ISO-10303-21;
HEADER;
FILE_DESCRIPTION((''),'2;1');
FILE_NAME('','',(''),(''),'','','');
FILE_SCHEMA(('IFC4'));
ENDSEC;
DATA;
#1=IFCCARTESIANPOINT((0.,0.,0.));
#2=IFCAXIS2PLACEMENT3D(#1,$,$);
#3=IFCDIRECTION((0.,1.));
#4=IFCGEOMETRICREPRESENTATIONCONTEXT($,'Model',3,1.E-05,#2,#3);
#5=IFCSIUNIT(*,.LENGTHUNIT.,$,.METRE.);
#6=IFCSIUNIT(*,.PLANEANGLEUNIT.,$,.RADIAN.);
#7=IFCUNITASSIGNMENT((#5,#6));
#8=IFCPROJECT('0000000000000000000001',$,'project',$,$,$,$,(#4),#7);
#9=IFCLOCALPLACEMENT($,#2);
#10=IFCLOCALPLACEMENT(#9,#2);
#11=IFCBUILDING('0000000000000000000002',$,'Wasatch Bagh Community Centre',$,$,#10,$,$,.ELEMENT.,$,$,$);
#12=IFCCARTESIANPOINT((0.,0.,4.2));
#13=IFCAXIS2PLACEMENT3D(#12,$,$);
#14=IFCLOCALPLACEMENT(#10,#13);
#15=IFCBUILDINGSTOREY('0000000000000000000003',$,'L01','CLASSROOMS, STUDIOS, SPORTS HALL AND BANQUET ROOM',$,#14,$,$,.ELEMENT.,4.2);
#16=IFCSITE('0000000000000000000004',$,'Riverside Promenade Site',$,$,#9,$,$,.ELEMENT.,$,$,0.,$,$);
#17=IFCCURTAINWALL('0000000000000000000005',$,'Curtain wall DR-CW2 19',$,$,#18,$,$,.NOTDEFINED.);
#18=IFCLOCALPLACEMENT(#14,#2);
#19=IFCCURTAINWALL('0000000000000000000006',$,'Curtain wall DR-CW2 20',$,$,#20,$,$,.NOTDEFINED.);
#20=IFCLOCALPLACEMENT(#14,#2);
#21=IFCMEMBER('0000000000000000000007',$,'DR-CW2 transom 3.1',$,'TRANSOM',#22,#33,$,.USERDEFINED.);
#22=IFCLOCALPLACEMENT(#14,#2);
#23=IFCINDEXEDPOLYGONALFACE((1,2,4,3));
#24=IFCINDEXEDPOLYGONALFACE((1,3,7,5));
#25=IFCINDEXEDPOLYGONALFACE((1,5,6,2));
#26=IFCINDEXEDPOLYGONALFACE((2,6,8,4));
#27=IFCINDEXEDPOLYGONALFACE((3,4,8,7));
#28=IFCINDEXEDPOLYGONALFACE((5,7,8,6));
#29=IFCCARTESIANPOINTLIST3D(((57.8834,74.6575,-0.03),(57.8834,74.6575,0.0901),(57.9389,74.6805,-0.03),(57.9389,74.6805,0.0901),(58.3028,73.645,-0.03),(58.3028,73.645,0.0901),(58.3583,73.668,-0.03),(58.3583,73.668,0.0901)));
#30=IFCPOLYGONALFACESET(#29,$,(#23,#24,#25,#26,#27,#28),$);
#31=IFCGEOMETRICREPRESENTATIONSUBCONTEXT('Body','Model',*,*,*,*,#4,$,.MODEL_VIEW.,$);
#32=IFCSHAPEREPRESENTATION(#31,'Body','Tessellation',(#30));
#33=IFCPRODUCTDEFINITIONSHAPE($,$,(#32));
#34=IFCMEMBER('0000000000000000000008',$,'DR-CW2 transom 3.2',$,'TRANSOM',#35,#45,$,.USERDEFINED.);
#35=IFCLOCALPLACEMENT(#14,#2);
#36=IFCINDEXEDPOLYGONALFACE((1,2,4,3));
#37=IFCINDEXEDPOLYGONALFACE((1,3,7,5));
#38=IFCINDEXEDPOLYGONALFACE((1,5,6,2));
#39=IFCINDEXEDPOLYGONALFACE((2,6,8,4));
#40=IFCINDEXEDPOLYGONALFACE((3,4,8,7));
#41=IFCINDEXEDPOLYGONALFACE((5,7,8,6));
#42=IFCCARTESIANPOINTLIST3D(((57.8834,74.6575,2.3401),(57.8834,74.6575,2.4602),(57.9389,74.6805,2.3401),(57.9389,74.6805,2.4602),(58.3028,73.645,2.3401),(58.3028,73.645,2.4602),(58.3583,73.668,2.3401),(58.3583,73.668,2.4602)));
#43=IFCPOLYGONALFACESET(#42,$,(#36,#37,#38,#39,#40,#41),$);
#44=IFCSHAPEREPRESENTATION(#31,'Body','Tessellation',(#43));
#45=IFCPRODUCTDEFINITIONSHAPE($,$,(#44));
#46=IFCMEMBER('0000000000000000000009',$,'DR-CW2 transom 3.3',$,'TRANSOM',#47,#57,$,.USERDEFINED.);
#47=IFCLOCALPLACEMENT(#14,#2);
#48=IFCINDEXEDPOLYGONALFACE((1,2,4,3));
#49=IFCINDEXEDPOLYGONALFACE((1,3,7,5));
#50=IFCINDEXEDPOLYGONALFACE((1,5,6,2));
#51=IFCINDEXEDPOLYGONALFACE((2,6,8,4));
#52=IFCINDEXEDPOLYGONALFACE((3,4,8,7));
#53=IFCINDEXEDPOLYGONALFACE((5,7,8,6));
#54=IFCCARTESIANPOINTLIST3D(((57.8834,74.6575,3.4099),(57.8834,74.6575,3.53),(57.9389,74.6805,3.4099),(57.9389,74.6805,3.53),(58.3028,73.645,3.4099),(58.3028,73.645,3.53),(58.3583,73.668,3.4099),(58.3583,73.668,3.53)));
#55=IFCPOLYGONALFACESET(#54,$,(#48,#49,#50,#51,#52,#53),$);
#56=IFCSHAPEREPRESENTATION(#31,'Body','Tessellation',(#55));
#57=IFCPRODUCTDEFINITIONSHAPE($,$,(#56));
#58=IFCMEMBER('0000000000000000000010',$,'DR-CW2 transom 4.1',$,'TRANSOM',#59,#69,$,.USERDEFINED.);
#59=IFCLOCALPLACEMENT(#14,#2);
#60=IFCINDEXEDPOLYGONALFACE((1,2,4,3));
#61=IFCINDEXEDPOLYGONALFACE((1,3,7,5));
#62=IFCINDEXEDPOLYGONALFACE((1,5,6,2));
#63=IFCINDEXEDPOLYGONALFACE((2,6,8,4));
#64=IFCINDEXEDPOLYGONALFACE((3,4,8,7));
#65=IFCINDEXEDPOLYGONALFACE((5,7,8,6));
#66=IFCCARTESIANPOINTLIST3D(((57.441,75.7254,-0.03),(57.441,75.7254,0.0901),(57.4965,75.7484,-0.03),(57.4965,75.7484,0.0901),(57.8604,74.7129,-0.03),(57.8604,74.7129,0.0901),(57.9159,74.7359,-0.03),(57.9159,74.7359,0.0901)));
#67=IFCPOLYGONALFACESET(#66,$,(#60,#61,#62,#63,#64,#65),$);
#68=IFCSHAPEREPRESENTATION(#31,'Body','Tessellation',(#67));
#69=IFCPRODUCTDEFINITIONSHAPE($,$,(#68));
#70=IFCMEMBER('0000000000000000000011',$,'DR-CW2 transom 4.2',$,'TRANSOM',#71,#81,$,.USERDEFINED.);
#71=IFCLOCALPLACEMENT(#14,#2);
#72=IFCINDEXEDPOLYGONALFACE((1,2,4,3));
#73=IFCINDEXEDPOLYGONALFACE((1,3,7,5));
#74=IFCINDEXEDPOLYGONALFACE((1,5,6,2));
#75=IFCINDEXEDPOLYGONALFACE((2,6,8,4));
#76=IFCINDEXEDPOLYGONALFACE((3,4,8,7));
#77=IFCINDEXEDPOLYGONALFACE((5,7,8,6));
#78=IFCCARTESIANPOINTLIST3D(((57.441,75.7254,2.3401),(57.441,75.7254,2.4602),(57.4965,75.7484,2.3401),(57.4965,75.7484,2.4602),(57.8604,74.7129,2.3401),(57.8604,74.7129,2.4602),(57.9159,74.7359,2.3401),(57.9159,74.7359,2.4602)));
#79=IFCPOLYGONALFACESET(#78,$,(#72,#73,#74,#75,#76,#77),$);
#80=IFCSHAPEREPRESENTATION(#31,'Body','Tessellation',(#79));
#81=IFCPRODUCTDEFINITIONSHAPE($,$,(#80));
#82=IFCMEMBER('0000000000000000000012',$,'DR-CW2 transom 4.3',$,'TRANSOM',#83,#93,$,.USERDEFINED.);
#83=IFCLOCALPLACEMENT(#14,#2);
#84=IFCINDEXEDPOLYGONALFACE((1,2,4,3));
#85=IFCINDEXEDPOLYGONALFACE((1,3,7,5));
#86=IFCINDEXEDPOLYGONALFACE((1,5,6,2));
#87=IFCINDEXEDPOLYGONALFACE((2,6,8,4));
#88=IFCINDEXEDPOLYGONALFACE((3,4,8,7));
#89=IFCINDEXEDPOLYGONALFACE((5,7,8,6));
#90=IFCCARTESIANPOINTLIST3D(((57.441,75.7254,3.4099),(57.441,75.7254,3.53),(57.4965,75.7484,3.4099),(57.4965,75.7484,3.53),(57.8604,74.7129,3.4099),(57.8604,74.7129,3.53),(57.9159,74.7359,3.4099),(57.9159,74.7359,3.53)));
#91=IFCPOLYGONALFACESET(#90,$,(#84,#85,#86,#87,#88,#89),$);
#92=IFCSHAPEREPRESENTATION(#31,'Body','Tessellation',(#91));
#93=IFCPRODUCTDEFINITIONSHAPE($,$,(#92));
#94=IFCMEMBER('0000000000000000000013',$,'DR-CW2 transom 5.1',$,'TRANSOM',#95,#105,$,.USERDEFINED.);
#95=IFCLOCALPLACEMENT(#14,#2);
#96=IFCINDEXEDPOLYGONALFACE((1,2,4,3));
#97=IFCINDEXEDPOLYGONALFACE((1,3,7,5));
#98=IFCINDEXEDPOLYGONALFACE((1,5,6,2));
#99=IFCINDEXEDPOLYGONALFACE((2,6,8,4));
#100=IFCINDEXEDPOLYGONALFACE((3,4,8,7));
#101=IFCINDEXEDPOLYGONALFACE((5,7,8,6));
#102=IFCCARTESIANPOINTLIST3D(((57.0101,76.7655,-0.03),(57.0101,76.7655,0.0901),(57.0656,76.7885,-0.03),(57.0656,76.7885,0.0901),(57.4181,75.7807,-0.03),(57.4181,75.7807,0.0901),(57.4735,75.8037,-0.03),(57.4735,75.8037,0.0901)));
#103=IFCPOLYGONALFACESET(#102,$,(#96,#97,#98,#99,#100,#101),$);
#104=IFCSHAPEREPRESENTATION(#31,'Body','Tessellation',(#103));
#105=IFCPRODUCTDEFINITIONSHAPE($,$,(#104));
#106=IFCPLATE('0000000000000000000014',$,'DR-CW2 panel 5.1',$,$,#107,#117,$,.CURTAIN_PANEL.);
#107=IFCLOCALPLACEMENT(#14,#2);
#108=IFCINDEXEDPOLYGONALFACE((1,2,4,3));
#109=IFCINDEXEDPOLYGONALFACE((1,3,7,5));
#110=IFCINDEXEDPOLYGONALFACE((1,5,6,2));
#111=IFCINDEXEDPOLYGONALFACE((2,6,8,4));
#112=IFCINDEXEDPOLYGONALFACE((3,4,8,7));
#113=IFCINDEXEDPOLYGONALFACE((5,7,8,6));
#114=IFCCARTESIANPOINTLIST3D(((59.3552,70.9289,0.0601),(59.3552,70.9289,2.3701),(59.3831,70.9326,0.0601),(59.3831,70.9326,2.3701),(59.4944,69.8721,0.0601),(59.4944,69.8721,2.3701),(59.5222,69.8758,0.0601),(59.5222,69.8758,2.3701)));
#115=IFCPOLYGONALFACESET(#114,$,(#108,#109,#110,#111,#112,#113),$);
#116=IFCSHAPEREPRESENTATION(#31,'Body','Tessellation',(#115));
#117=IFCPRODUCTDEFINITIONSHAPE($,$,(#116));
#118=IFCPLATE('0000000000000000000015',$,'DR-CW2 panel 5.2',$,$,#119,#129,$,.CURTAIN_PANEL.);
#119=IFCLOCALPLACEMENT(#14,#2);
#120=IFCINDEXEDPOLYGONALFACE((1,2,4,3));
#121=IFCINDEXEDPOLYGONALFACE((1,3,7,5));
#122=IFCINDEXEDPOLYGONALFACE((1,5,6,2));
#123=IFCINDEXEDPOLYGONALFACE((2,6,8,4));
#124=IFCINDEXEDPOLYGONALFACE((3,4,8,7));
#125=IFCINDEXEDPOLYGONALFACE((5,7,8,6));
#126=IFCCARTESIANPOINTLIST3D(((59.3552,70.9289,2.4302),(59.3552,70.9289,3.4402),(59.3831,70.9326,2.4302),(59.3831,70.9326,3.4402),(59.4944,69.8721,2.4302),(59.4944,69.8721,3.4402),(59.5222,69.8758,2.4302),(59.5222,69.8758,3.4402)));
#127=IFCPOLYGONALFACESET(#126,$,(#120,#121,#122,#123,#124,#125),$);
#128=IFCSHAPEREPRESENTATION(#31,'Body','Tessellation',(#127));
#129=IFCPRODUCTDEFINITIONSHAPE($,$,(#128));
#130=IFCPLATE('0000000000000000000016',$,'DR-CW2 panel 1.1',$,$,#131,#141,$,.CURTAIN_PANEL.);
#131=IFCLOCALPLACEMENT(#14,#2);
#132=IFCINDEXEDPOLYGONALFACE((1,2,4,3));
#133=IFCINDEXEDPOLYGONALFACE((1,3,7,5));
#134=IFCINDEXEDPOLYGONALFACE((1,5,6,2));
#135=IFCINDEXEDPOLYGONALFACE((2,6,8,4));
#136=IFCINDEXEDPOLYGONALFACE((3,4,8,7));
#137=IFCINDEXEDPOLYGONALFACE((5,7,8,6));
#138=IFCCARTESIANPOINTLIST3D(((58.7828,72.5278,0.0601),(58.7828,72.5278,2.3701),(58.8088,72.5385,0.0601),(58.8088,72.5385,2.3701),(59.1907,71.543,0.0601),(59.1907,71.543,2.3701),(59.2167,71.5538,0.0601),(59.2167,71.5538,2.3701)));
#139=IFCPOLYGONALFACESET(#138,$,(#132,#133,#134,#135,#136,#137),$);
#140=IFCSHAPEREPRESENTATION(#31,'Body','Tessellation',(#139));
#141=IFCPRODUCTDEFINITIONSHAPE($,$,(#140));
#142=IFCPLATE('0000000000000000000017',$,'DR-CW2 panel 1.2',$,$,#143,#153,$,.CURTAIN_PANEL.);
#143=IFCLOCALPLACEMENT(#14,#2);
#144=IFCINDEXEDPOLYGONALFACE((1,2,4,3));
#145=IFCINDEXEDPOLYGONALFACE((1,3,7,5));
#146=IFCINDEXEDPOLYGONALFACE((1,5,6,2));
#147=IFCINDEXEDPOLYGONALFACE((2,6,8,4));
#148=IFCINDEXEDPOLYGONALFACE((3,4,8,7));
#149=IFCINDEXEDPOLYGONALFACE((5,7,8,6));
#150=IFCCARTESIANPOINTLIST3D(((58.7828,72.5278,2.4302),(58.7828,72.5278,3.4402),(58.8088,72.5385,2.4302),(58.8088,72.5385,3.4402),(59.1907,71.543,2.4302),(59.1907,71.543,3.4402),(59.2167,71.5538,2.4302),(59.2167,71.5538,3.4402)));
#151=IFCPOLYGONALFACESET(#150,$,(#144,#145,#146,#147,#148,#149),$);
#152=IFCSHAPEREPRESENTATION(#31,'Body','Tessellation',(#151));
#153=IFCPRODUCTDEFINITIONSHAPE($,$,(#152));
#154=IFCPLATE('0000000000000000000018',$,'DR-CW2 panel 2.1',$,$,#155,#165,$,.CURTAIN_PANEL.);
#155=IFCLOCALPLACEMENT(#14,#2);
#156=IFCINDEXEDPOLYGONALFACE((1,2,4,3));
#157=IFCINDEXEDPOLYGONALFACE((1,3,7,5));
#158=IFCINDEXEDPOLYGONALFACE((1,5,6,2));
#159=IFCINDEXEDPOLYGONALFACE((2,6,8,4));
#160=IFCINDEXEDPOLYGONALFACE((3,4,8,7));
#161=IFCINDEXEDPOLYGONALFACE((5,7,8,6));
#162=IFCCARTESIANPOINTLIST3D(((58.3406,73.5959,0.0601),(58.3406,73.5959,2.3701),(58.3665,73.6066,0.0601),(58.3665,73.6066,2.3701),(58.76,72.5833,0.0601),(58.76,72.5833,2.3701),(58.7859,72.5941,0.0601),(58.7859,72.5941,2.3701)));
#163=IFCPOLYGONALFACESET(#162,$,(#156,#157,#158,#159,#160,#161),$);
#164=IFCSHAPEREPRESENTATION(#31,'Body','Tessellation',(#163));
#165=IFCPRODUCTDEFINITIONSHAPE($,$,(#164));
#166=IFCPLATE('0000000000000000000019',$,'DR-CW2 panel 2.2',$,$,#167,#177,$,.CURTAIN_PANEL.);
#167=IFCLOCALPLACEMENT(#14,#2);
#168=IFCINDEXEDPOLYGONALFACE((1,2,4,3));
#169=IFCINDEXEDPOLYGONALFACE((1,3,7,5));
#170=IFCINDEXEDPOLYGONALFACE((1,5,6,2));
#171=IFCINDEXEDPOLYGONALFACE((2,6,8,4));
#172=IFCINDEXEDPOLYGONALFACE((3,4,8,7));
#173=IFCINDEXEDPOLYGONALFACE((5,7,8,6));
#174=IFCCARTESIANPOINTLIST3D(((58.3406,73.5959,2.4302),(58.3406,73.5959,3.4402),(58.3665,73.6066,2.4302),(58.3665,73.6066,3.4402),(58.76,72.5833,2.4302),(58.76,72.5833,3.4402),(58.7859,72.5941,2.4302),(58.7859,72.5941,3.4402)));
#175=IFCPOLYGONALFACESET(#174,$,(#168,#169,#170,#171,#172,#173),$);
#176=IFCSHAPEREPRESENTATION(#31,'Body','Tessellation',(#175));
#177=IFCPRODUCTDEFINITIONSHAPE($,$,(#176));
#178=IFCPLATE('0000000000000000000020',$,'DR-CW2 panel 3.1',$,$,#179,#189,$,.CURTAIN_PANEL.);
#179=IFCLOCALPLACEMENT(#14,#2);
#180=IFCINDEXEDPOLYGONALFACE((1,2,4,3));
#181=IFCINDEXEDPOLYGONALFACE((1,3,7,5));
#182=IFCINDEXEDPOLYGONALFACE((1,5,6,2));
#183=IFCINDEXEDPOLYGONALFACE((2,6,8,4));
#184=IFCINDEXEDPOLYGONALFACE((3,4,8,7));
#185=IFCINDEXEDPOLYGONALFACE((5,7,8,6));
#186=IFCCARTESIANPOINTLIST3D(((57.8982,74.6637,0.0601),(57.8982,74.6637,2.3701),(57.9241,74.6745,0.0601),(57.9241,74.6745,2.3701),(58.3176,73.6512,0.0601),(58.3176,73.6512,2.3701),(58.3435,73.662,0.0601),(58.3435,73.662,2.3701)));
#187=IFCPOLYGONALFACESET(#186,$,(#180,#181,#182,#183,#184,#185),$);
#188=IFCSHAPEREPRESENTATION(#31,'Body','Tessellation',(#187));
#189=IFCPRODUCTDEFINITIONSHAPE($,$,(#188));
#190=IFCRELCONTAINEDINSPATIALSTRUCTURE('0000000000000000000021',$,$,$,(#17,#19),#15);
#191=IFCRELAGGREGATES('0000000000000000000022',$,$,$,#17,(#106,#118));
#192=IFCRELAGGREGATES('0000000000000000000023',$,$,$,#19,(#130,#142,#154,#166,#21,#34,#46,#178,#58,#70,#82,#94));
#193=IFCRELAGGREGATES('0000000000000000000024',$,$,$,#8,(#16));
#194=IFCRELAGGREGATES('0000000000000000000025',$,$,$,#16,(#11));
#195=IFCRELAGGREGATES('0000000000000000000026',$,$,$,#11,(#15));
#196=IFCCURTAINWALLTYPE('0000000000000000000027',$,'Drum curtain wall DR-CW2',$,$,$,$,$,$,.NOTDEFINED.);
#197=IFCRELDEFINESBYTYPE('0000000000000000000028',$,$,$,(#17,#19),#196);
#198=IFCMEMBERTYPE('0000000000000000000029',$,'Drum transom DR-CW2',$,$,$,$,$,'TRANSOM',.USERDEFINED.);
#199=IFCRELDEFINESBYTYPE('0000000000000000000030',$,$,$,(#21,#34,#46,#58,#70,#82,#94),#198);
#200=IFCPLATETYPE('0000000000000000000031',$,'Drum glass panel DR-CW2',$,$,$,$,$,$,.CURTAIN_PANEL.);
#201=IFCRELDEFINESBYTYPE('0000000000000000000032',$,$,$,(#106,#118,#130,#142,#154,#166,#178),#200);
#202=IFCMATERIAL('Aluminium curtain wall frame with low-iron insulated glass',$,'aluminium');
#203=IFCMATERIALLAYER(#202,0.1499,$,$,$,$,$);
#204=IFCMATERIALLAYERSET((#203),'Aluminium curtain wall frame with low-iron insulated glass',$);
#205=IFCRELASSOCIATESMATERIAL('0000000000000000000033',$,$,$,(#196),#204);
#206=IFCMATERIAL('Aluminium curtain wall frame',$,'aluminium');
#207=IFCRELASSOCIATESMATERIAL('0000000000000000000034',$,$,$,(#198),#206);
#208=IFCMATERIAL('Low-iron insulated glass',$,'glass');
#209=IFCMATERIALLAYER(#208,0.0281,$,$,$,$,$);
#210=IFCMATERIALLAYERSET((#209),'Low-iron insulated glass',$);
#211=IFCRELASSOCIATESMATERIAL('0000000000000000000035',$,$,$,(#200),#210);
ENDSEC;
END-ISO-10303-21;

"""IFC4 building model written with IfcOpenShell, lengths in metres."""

from ifc_helpers import new_model, si_unit, direction, frame, origin, origin_2d, place, context, subcontext, project, spatial, rectangle, extrude, material, layer, layer_set, material_profile, profile_set, type_object, element, aggregate, save


model = new_model("IFC4")

# Units and contexts
model_context = context("Model", 3, precision=1e-05, world=origin(), true_north=direction((0.0, 1.0)))
body_context = subcontext(model_context, "Body", "Model", "MODEL_VIEW")
ifc_project = project(units=[si_unit("LENGTHUNIT", "METRE"), si_unit("PLANEANGLEUNIT", "RADIAN")], contexts=[model_context])

# Site, building, storey
site_placement = place(None, origin())
site = spatial("IfcSite", under=ifc_project, at=site_placement, Name="Riverside Promenade Site", CompositionType="ELEMENT", RefElevation=0.0)
building_placement = place(site_placement, origin())
building = spatial("IfcBuilding", under=site, at=building_placement, Name="Wasatch Bagh Community Centre", CompositionType="ELEMENT")
storey_placement = place(building_placement, frame((0.0, 0.0, 4.2)))
storey = spatial("IfcBuildingStorey", under=building, at=storey_placement, Name="L01", Description="CLASSROOMS, STUDIOS, SPORTS HALL AND BANQUET ROOM", CompositionType="ELEMENT", Elevation=4.2)

# Curtain wall
ifc_material_1 = material(Name="Aluminium curtain wall frame with low-iron insulated glass", Category="aluminium")
ifc_layer_1 = layer(ifc_material_1, 0.1499)
ifc_layer_set_1 = layer_set([ifc_layer_1], Name="Aluminium curtain wall frame with low-iron insulated glass")
curtain_wall_type = type_object("IfcCurtainWallType", Name="Drum curtain wall DR-CW2", PredefinedType="NOTDEFINED", material=ifc_layer_set_1)
curtain_wall_1_placement = place(storey_placement, origin())
curtain_wall_1 = element("IfcCurtainWall", 1, at=curtain_wall_1_placement, inside=storey, type_object=curtain_wall_type, Name="Curtain wall DR-CW2 19", PredefinedType="NOTDEFINED")
ifc_material_2 = material(Name="Aluminium curtain wall frame", Category="aluminium")

# Curtain wall
curtain_wall_2_placement = place(storey_placement, origin())
curtain_wall_2 = element("IfcCurtainWall", 2, at=curtain_wall_2_placement, inside=storey, type_object=curtain_wall_type, Name="Curtain wall DR-CW2 20", PredefinedType="NOTDEFINED")

# Members
ifc_material_profile_1 = material_profile(ifc_material_2, rectangle(XDim=0.0601, YDim=0.1201, at=origin_2d()), Name="Drum transom DR-CW2")
ifc_profile_set_1 = profile_set([ifc_material_profile_1], Name="Aluminium curtain wall frame")
member_type_1 = type_object("IfcMemberType", Name="Drum transom DR-CW2", ElementType="TRANSOM", PredefinedType="USERDEFINED", material=ifc_profile_set_1)
member_1_placement = place(storey_placement, frame((58.3306, 73.6565, 0.03), z_axis=(-0.382732, 0.923859, 0.0), x_axis=(-0.923859, -0.382732, 0.0)))
member_1 = element("IfcMember", 3, at=member_1_placement, type_object=member_type_1, Name="DR-CW2 transom 3.1", ObjectType="TRANSOM", PredefinedType="USERDEFINED", context=body_context, shape_type="SweptSolid", body=[
    extrude(rectangle(XDim=0.0601, YDim=0.1201, at=origin_2d()), origin(), (0.0, 0.0, 1.0), 1.0959),
])
member_2_placement = place(storey_placement, frame((58.3306, 73.6565, 2.4001), z_axis=(-0.382732, 0.923859, 0.0), x_axis=(-0.923859, -0.382732, 0.0)))
member_2 = element("IfcMember", 4, at=member_2_placement, type_object=member_type_1, Name="DR-CW2 transom 3.2", ObjectType="TRANSOM", PredefinedType="USERDEFINED", context=body_context, shape_type="SweptSolid", body=[
    extrude(rectangle(XDim=0.0601, YDim=0.1201, at=origin_2d()), origin(), (0.0, 0.0, 1.0), 1.0959),
])
member_3_placement = place(storey_placement, frame((58.3306, 73.6565, 3.47), z_axis=(-0.382732, 0.923859, 0.0), x_axis=(-0.923859, -0.382732, 0.0)))
member_3 = element("IfcMember", 5, at=member_3_placement, type_object=member_type_1, Name="DR-CW2 transom 3.3", ObjectType="TRANSOM", PredefinedType="USERDEFINED", context=body_context, shape_type="SweptSolid", body=[
    extrude(rectangle(XDim=0.0601, YDim=0.1201, at=origin_2d()), origin(), (0.0, 0.0, 1.0), 1.0959),
])
member_4_placement = place(storey_placement, frame((57.8882, 74.7244, 0.03), z_axis=(-0.382732, 0.923859, 0.0), x_axis=(-0.923859, -0.382732, 0.0)))
member_4 = element("IfcMember", 6, at=member_4_placement, type_object=member_type_1, Name="DR-CW2 transom 4.1", ObjectType="TRANSOM", PredefinedType="USERDEFINED", context=body_context, shape_type="SweptSolid", body=[
    extrude(rectangle(XDim=0.0601, YDim=0.1201, at=origin_2d()), origin(), (0.0, 0.0, 1.0), 1.0959),
])
member_5_placement = place(storey_placement, frame((57.8882, 74.7244, 2.4001), z_axis=(-0.382732, 0.923859, 0.0), x_axis=(-0.923859, -0.382732, 0.0)))
member_5 = element("IfcMember", 7, at=member_5_placement, type_object=member_type_1, Name="DR-CW2 transom 4.2", ObjectType="TRANSOM", PredefinedType="USERDEFINED", context=body_context, shape_type="SweptSolid", body=[
    extrude(rectangle(XDim=0.0601, YDim=0.1201, at=origin_2d()), origin(), (0.0, 0.0, 1.0), 1.0959),
])
member_6_placement = place(storey_placement, frame((57.8882, 74.7244, 3.47), z_axis=(-0.382732, 0.923859, 0.0), x_axis=(-0.923859, -0.382732, 0.0)))
member_6 = element("IfcMember", 8, at=member_6_placement, type_object=member_type_1, Name="DR-CW2 transom 4.3", ObjectType="TRANSOM", PredefinedType="USERDEFINED", context=body_context, shape_type="SweptSolid", body=[
    extrude(rectangle(XDim=0.0601, YDim=0.1201, at=origin_2d()), origin(), (0.0, 0.0, 1.0), 1.0959),
])
member_7_placement = place(storey_placement, frame((57.4458, 75.7922, 0.03), z_axis=(-0.382696, 0.923874, 0.0), x_axis=(-0.923874, -0.382696, 0.0)))
member_7 = element("IfcMember", 9, at=member_7_placement, type_object=member_type_1, Name="DR-CW2 transom 5.1", ObjectType="TRANSOM", PredefinedType="USERDEFINED", context=body_context, shape_type="SweptSolid", body=[
    extrude(rectangle(XDim=0.0601, YDim=0.1201, at=origin_2d()), origin(), (0.0, 0.0, 1.0), 1.0659),
])

# Plates
ifc_material_3 = material(Name="Low-iron insulated glass", Category="glass")
ifc_layer_2 = layer(ifc_material_3, 0.0281)
ifc_layer_set_2 = layer_set([ifc_layer_2], Name="Low-iron insulated glass")
plate_type = type_object("IfcPlateType", Name="Drum glass panel DR-CW2", PredefinedType="CURTAIN_PANEL", material=ifc_layer_set_2)
plate_1_placement = place(storey_placement, frame((59.4387, 70.4023, 0.0601), z_axis=(0.0, 0.0, 1.0), x_axis=(-0.130526, 0.991445, 0.0)))
plate_1 = element("IfcPlate", 10, at=plate_1_placement, type_object=plate_type, Name="DR-CW2 panel 5.1", PredefinedType="CURTAIN_PANEL", context=body_context, shape_type="SweptSolid", body=[
    extrude(rectangle(XDim=1.0659, YDim=0.0281, at=origin_2d()), origin(), (0.0, 0.0, 1.0), 2.3101),
])
plate_2_placement = place(storey_placement, frame((59.4387, 70.4023, 2.4302), z_axis=(0.0, 0.0, 1.0), x_axis=(-0.130526, 0.991445, 0.0)))
plate_2 = element("IfcPlate", 11, at=plate_2_placement, type_object=plate_type, Name="DR-CW2 panel 5.2", PredefinedType="CURTAIN_PANEL", context=body_context, shape_type="SweptSolid", body=[
    extrude(rectangle(XDim=1.0659, YDim=0.0281, at=origin_2d()), origin(), (0.0, 0.0, 1.0), 1.01),
])
aggregate(curtain_wall_1, [plate_1, plate_2])
plate_3_placement = place(storey_placement, frame((58.9998, 72.0408, 0.0601), z_axis=(0.0, 0.0, 1.0), x_axis=(-0.382683, 0.92388, 0.0)))
plate_3 = element("IfcPlate", 12, at=plate_3_placement, type_object=plate_type, Name="DR-CW2 panel 1.1", PredefinedType="CURTAIN_PANEL", context=body_context, shape_type="SweptSolid", body=[
    extrude(rectangle(XDim=1.0659, YDim=0.0281, at=origin_2d()), origin(), (0.0, 0.0, 1.0), 2.3101),
])
plate_4_placement = place(storey_placement, frame((58.9998, 72.0408, 2.4302), z_axis=(0.0, 0.0, 1.0), x_axis=(-0.382683, 0.92388, 0.0)))
plate_4 = element("IfcPlate", 13, at=plate_4_placement, type_object=plate_type, Name="DR-CW2 panel 1.2", PredefinedType="CURTAIN_PANEL", context=body_context, shape_type="SweptSolid", body=[
    extrude(rectangle(XDim=1.0659, YDim=0.0281, at=origin_2d()), origin(), (0.0, 0.0, 1.0), 1.01),
])
plate_5_placement = place(storey_placement, frame((58.5632, 73.095, 0.0601), z_axis=(0.0, 0.0, 1.0), x_axis=(-0.382683, 0.92388, 0.0)))
plate_5 = element("IfcPlate", 14, at=plate_5_placement, type_object=plate_type, Name="DR-CW2 panel 2.1", PredefinedType="CURTAIN_PANEL", context=body_context, shape_type="SweptSolid", body=[
    extrude(rectangle(XDim=1.0959, YDim=0.0281, at=origin_2d()), origin(), (0.0, 0.0, 1.0), 2.3101),
])
plate_6_placement = place(storey_placement, frame((58.5632, 73.095, 2.4302), z_axis=(0.0, 0.0, 1.0), x_axis=(-0.382683, 0.92388, 0.0)))
plate_6 = element("IfcPlate", 15, at=plate_6_placement, type_object=plate_type, Name="DR-CW2 panel 2.2", PredefinedType="CURTAIN_PANEL", context=body_context, shape_type="SweptSolid", body=[
    extrude(rectangle(XDim=1.0959, YDim=0.0281, at=origin_2d()), origin(), (0.0, 0.0, 1.0), 1.01),
])
plate_7_placement = place(storey_placement, frame((58.1208, 74.1628, 0.0601), z_axis=(0.0, 0.0, 1.0), x_axis=(-0.382683, 0.92388, 0.0)))
plate_7 = element("IfcPlate", 16, at=plate_7_placement, type_object=plate_type, Name="DR-CW2 panel 3.1", PredefinedType="CURTAIN_PANEL", context=body_context, shape_type="SweptSolid", body=[
    extrude(rectangle(XDim=1.0959, YDim=0.0281, at=origin_2d()), origin(), (0.0, 0.0, 1.0), 2.3101),
])
aggregate(curtain_wall_2, [plate_3, plate_4, plate_5, plate_6, member_1, member_2, member_3, plate_7, member_4, member_5, member_6, member_7])

save(model, "model.ifc")
